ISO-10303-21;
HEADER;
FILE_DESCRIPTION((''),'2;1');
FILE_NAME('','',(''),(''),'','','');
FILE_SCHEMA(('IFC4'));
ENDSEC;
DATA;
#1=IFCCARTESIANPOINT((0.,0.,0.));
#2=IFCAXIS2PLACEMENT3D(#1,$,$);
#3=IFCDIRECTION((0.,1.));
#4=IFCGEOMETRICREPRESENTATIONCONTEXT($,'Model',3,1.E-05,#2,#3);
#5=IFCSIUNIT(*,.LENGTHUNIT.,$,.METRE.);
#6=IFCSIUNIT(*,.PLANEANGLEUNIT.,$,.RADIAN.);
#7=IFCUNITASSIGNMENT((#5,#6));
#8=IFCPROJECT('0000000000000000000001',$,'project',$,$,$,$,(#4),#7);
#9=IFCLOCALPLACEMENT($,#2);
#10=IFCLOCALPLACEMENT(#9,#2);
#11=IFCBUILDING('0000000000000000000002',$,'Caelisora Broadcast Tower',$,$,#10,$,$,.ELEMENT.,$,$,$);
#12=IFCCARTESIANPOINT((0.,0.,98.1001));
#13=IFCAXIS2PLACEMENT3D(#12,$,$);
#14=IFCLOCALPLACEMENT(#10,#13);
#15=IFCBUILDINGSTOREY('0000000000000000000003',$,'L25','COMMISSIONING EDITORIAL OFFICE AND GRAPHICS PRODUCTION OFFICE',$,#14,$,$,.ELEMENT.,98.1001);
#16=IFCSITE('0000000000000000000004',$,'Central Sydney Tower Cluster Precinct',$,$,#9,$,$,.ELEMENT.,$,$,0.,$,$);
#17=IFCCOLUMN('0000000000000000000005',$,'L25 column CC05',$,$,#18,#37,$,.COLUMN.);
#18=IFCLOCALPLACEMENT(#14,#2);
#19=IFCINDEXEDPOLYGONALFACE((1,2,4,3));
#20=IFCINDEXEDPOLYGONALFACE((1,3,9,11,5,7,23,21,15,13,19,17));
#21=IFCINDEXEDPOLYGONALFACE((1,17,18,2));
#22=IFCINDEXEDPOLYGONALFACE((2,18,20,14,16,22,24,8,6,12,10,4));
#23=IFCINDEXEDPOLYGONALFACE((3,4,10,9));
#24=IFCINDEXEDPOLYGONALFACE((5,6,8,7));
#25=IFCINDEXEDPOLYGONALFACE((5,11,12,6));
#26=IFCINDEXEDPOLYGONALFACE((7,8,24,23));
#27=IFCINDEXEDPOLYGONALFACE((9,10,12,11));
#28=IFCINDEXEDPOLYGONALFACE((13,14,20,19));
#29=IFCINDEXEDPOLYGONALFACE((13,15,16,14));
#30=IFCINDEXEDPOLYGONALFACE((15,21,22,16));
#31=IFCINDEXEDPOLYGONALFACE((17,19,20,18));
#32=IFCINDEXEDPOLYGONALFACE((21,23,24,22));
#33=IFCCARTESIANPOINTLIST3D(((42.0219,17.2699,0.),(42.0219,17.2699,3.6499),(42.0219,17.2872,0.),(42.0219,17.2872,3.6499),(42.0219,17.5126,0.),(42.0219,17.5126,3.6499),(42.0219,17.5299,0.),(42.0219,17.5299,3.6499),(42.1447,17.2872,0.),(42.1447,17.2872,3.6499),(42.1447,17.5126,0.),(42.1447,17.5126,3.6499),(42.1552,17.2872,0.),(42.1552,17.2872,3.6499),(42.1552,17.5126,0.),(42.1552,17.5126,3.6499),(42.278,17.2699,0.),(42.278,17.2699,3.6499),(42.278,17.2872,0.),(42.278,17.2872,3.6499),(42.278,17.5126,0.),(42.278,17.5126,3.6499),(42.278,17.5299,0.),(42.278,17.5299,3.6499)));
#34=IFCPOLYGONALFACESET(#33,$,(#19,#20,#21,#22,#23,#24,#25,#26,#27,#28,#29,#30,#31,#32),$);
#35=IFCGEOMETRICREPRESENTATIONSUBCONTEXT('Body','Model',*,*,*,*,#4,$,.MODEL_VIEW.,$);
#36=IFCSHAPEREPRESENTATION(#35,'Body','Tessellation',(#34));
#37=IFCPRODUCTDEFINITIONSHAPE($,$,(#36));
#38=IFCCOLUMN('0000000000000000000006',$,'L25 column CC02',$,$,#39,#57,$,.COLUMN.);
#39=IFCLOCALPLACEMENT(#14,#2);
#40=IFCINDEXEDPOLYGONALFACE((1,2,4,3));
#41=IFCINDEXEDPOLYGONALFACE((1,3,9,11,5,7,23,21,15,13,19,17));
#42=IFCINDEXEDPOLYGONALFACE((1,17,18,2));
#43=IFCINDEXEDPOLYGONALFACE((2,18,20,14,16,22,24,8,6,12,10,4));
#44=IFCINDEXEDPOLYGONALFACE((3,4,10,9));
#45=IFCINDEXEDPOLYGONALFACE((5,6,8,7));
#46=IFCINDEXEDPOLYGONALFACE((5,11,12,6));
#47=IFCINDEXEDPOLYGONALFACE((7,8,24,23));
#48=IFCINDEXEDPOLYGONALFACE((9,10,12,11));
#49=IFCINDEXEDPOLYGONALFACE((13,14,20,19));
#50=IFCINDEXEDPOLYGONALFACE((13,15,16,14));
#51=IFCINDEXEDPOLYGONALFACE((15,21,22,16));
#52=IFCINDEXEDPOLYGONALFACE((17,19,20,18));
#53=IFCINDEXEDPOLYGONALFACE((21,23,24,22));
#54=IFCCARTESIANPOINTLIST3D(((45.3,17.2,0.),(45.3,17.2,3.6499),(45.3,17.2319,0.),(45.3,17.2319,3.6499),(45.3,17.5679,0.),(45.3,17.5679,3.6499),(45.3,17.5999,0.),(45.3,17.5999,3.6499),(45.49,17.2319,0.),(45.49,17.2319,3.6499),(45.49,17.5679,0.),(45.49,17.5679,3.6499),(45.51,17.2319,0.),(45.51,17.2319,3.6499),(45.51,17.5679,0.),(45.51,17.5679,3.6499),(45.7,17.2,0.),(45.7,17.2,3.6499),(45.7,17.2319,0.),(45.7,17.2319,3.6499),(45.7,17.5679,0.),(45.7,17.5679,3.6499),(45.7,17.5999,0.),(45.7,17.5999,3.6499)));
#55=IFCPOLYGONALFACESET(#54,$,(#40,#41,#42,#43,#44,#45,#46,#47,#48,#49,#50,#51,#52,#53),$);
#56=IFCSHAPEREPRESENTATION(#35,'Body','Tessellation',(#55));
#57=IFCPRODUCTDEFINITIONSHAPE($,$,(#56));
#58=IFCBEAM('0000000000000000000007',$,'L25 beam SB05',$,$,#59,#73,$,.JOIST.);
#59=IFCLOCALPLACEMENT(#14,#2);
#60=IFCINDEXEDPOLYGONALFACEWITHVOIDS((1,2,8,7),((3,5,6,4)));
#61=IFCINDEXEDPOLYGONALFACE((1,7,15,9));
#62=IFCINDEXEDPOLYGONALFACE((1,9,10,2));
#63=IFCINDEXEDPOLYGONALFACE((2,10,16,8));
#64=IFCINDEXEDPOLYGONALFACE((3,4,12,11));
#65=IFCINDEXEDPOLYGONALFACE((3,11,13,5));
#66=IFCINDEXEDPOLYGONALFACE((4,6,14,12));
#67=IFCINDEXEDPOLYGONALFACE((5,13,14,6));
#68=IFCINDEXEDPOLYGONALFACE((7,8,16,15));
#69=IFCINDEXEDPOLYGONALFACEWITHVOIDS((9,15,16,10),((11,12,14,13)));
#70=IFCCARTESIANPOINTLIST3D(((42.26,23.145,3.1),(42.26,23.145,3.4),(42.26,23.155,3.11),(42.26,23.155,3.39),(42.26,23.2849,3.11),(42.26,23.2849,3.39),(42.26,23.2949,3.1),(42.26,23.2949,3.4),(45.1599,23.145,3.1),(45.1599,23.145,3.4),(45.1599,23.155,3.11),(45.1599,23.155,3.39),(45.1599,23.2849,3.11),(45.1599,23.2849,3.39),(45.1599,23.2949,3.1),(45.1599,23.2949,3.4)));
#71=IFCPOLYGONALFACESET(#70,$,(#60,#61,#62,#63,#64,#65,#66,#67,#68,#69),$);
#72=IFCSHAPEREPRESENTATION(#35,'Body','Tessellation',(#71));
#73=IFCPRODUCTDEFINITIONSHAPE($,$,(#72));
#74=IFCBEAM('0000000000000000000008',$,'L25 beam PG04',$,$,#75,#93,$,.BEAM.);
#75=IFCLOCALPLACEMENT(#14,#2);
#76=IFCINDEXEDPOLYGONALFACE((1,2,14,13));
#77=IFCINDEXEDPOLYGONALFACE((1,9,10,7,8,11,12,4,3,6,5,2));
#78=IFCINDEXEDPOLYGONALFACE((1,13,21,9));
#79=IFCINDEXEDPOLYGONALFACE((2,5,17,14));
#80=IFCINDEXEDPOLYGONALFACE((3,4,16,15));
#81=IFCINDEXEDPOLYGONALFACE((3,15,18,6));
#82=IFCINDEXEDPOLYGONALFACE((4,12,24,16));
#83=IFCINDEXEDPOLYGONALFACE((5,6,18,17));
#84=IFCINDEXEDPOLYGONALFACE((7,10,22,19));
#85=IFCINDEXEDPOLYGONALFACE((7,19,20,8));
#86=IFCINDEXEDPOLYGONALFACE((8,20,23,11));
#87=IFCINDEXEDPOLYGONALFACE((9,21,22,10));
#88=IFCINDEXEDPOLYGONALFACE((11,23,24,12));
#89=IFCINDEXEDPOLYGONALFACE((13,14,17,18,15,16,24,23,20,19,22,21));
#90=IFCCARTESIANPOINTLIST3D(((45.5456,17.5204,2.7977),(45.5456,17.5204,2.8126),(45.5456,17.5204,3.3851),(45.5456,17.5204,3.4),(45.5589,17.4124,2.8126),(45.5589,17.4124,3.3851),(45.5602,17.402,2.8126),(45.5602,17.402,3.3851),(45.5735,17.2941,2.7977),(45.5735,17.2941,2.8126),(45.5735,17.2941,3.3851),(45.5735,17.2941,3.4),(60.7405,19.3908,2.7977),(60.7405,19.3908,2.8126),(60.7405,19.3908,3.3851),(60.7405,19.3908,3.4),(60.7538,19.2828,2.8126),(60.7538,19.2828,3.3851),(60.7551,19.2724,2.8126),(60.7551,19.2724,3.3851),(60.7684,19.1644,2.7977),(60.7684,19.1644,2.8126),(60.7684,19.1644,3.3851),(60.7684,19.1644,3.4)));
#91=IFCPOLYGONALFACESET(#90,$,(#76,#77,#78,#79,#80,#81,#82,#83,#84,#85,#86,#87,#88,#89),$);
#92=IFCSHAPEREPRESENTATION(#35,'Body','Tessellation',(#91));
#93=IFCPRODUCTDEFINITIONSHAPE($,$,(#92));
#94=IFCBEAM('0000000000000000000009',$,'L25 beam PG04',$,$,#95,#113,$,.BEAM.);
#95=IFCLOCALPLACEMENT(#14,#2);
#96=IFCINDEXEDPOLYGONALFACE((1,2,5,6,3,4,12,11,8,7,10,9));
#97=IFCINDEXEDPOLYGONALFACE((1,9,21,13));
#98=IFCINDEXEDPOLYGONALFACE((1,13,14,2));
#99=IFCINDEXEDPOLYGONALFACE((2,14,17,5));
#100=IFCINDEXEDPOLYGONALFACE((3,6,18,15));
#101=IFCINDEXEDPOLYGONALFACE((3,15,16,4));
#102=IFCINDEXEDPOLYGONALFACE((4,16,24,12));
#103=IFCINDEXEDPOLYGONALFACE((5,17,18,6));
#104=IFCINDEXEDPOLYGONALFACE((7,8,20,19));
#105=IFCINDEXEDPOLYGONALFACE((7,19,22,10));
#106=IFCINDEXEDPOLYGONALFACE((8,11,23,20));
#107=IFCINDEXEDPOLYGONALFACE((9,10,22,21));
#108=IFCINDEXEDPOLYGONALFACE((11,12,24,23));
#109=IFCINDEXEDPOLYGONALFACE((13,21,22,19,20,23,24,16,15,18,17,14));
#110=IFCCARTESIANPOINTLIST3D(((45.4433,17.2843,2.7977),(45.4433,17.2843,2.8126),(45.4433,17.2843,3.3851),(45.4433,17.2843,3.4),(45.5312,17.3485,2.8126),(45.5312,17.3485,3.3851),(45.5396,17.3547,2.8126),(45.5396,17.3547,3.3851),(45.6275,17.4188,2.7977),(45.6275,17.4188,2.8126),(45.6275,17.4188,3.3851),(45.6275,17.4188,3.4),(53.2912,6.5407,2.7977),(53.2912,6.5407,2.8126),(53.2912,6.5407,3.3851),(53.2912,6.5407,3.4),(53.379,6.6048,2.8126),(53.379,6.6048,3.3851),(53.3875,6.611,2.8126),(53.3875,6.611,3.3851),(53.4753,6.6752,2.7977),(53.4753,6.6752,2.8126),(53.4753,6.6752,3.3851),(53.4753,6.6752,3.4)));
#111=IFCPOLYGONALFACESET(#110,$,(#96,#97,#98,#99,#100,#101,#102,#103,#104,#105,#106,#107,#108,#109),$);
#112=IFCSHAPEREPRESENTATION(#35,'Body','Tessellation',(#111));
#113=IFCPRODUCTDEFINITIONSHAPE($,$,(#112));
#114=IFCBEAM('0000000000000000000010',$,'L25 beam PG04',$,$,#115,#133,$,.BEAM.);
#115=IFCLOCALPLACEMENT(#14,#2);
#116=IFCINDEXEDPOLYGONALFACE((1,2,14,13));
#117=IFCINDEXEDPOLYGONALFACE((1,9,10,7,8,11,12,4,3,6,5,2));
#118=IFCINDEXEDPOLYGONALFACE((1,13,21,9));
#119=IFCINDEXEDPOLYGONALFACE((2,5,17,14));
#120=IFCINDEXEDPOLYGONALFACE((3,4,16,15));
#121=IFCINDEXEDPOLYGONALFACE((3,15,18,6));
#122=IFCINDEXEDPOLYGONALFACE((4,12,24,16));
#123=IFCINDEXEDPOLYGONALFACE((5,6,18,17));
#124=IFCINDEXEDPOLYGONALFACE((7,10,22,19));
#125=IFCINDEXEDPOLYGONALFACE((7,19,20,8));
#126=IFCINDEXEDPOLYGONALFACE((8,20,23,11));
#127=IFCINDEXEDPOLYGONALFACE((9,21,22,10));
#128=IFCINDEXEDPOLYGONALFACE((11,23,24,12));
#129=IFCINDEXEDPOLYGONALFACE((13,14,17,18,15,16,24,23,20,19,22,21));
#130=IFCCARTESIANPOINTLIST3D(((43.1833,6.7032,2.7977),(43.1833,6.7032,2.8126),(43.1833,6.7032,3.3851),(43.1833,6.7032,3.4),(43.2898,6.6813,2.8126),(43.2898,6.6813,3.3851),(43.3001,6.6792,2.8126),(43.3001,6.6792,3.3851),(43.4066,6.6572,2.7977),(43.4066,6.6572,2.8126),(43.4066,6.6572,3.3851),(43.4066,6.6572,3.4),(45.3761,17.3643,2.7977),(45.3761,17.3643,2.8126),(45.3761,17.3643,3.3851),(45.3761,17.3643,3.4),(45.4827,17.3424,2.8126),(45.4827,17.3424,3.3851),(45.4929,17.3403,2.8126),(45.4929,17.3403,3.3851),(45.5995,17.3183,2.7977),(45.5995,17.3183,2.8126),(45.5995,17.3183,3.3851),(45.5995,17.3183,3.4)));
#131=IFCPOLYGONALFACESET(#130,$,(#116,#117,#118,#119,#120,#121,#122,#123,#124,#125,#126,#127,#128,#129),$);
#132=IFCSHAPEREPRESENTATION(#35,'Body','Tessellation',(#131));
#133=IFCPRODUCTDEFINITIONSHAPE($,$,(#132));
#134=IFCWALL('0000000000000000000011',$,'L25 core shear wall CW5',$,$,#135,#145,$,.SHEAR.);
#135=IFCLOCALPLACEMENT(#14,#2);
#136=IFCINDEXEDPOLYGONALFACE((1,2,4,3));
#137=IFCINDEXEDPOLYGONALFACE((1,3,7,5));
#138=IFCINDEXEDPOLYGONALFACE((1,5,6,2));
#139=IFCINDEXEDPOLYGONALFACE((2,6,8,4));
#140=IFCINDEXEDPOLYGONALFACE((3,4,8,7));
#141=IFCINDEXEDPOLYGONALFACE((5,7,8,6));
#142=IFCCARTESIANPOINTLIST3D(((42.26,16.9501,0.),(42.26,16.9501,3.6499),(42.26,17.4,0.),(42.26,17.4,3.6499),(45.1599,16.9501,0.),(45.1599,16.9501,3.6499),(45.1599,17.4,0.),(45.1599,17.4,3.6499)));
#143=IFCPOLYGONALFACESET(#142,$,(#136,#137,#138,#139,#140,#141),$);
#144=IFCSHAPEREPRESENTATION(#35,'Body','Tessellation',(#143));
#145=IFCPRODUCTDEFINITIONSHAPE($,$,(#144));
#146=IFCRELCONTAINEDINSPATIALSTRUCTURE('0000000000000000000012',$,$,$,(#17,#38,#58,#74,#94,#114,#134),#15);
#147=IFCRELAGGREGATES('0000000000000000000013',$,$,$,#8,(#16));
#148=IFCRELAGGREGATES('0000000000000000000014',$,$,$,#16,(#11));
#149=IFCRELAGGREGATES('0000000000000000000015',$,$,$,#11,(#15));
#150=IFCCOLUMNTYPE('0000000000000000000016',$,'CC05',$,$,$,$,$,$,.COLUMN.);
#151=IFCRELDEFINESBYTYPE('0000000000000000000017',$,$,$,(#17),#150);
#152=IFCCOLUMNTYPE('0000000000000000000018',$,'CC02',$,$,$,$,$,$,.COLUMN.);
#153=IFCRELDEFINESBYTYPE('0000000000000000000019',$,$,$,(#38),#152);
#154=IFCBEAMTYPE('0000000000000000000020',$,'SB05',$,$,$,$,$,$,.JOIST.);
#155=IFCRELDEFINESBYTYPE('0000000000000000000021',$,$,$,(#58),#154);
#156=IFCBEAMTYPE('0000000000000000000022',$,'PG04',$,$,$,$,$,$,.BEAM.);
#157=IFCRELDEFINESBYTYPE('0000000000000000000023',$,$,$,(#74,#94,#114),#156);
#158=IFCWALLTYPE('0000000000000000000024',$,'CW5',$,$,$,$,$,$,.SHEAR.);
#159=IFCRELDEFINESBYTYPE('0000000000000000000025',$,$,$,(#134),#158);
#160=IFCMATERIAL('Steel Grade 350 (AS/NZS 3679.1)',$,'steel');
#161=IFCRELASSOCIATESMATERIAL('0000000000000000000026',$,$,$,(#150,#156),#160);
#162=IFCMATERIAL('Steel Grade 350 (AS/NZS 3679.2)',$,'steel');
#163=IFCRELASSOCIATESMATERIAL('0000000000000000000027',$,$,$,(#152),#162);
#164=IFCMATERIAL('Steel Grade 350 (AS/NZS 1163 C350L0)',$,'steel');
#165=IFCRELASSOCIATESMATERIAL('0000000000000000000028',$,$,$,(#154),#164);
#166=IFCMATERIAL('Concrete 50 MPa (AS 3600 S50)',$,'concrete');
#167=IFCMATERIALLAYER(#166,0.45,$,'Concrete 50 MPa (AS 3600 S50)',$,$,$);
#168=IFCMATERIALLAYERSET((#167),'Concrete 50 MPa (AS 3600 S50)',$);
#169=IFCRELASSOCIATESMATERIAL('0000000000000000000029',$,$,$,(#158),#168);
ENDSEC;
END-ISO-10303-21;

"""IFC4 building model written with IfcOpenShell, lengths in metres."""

from ifc_helpers import new_model, si_unit, direction, frame, frame_2d, origin, origin_2d, place, context, subcontext, project, spatial, rectangle, hollow_rectangle, i_section, extrude, source, transform, mapped, material, layer, layer_set, material_profile, profile_set, type_object, type_shapes, element, save


model = new_model("IFC4")

# Units and contexts
model_context = context("Model", 3, precision=1e-05, world=origin(), true_north=direction((0.0, 1.0)))
body_context = subcontext(model_context, "Body", "Model", "MODEL_VIEW")
ifc_project = project(units=[si_unit("LENGTHUNIT", "METRE"), si_unit("PLANEANGLEUNIT", "RADIAN")], contexts=[model_context])

# Site, building, storey
site_placement = place(None, origin())
site = spatial("IfcSite", under=ifc_project, at=site_placement, Name="Central Sydney Tower Cluster Precinct", CompositionType="ELEMENT", RefElevation=0.0)
building_placement = place(site_placement, origin())
building = spatial("IfcBuilding", under=site, at=building_placement, Name="Caelisora Broadcast Tower", CompositionType="ELEMENT")
storey_placement = place(building_placement, frame((0.0, 0.0, 98.1001)))
storey = spatial("IfcBuildingStorey", under=building, at=storey_placement, Name="L25", Description="COMMISSIONING EDITORIAL OFFICE AND GRAPHICS PRODUCTION OFFICE", CompositionType="ELEMENT", Elevation=98.1001)

# Columns
ifc_material_1 = material(Name="Steel Grade 350 (AS/NZS 3679.1)", Category="steel")
ifc_material_profile_1 = material_profile(ifc_material_1, i_section(OverallWidth=0.2561, OverallDepth=0.26, WebThickness=0.0105, FlangeThickness=0.0173, at=origin_2d()), Name="Steel Grade 350 (AS/NZS 3679.1)")
ifc_profile_set_1 = profile_set([ifc_material_profile_1], Name="Steel Grade 350 (AS/NZS 3679.1)")
column_type_1 = type_object("IfcColumnType", Name="CC05", PredefinedType="COLUMN", material=ifc_profile_set_1)
shared_shape_1 = source(origin(), body_context, "Body", "SweptSolid", [
    extrude(i_section(OverallWidth=0.2561, OverallDepth=0.26, WebThickness=0.0105, FlangeThickness=0.0173, at=origin_2d()), origin(), (0.0, 0.0, 1.0), 3.6499),
])
type_shapes(column_type_1, [shared_shape_1])
column_1_placement = place(storey_placement, frame((42.1499, 17.3999, 0.0), z_axis=(0.0, 0.0, 1.0), x_axis=(1.0, 0.0, 0.0)))
element("IfcColumn", 1, at=column_1_placement, inside=storey, type_object=column_type_1, Name="L25 column CC05", PredefinedType="COLUMN", context=body_context, shape_type="MappedRepresentation", body=[
    mapped(shared_shape_1, transform((0.0, 0.0, 0.0), scale=1.0)),
])
ifc_material_2 = material(Name="Steel Grade 350 (AS/NZS 3679.2)", Category="steel")
ifc_material_profile_2 = material_profile(ifc_material_2, i_section(OverallWidth=0.3999, OverallDepth=0.3999, WebThickness=0.02, FlangeThickness=0.032, at=origin_2d()), Name="Steel Grade 350 (AS/NZS 3679.2)")
ifc_profile_set_2 = profile_set([ifc_material_profile_2], Name="Steel Grade 350 (AS/NZS 3679.2)")
column_type_2 = type_object("IfcColumnType", Name="CC02", PredefinedType="COLUMN", material=ifc_profile_set_2)
shared_shape_2 = source(origin(), body_context, "Body", "SweptSolid", [
    extrude(i_section(OverallWidth=0.3999, OverallDepth=0.3999, WebThickness=0.02, FlangeThickness=0.032, at=origin_2d()), origin(), (0.0, 0.0, 1.0), 3.6499),
])
type_shapes(column_type_2, [shared_shape_2])
column_2_placement = place(storey_placement, frame((45.5, 17.3999, 0.0), z_axis=(0.0, 0.0, 1.0), x_axis=(1.0, 0.0, 0.0)))
element("IfcColumn", 2, at=column_2_placement, inside=storey, type_object=column_type_2, Name="L25 column CC02", PredefinedType="COLUMN", context=body_context, shape_type="MappedRepresentation", body=[
    mapped(shared_shape_2, transform((0.0, 0.0, 0.0), scale=1.0)),
])

# Beams
ifc_material_3 = material(Name="Steel Grade 350 (AS/NZS 1163 C350L0)", Category="steel")
ifc_material_profile_3 = material_profile(ifc_material_3, hollow_rectangle(XDim=0.1499, YDim=0.3, WallThickness=0.01, at=origin_2d()), Name="Steel Grade 350 (AS/NZS 1163 C350L0)")
ifc_profile_set_3 = profile_set([ifc_material_profile_3], Name="Steel Grade 350 (AS/NZS 1163 C350L0)")
beam_type_1 = type_object("IfcBeamType", Name="SB05", PredefinedType="JOIST", material=ifc_profile_set_3)
shared_shape_3 = source(origin(), body_context, "Body", "SweptSolid", [
    extrude(hollow_rectangle(XDim=0.1499, YDim=0.3, WallThickness=0.01, at=origin_2d()), origin(), (0.0, 0.0, 1.0), 2.8999),
])
type_shapes(beam_type_1, [shared_shape_3])
beam_1_placement = place(storey_placement, frame((42.26, 23.22, 3.25), z_axis=(1.0, 0.0, 0.0), x_axis=(0.0, 1.0, 0.0)))
element("IfcBeam", 3, at=beam_1_placement, inside=storey, type_object=beam_type_1, Name="L25 beam SB05", PredefinedType="JOIST", context=body_context, shape_type="MappedRepresentation", body=[
    mapped(shared_shape_3, transform((0.0, 0.0, 0.0), scale=1.0)),
])
ifc_material_profile_4 = material_profile(ifc_material_1, i_section(OverallWidth=0.228, OverallDepth=0.6023, WebThickness=0.0105, FlangeThickness=0.0149, at=origin_2d()), Name="Steel Grade 350 (AS/NZS 3679.1)")
ifc_profile_set_4 = profile_set([ifc_material_profile_4], Name="Steel Grade 350 (AS/NZS 3679.1)")
beam_type_2 = type_object("IfcBeamType", Name="PG04", PredefinedType="BEAM", material=ifc_profile_set_4)
shared_shape_4 = source(origin(), body_context, "Body", "SweptSolid", [
    extrude(i_section(OverallWidth=0.228, OverallDepth=0.6023, WebThickness=0.0105, FlangeThickness=0.0149, at=origin_2d()), origin(), (0.0, 0.0, 1.0), 15.3096),
])
beam_2_placement = place(storey_placement, frame((45.5596, 17.4072, 3.0989), z_axis=(0.992509, 0.12217, 0.0), x_axis=(-0.12217, 0.992509, 0.0)))
element("IfcBeam", 4, at=beam_2_placement, inside=storey, type_object=beam_type_2, Name="L25 beam PG04", PredefinedType="BEAM", context=body_context, shape_type="MappedRepresentation", body=[
    mapped(shared_shape_4, transform((0.0, 0.0, 0.0), scale=1.0)),
])
shared_shape_5 = source(origin(), body_context, "Body", "SweptSolid", [
    extrude(i_section(OverallWidth=0.228, OverallDepth=0.6023, WebThickness=0.0105, FlangeThickness=0.0149, at=origin_2d()), origin(), (0.0, 0.0, 1.0), 13.3047),
])
beam_3_placement = place(storey_placement, frame((45.5354, 17.3516, 3.0989), z_axis=(0.589858, -0.807507, 0.0), x_axis=(0.807507, 0.589858, 0.0)))
element("IfcBeam", 5, at=beam_3_placement, inside=storey, type_object=beam_type_2, Name="L25 beam PG04", PredefinedType="BEAM", context=body_context, shape_type="MappedRepresentation", body=[
    mapped(shared_shape_5, transform((0.0, 0.0, 0.0), scale=1.0)),
])
shared_shape_6 = source(origin(), body_context, "Body", "SweptSolid", [
    extrude(i_section(OverallWidth=0.228, OverallDepth=0.6023, WebThickness=0.0105, FlangeThickness=0.0149, at=origin_2d()), origin(), (0.0, 0.0, 1.0), 10.8843),
])
type_shapes(beam_type_2, [shared_shape_4, shared_shape_5, shared_shape_6])
beam_4_placement = place(storey_placement, frame((45.4878, 17.3413, 3.0989), z_axis=(-0.201471, -0.979495, 0.0), x_axis=(0.979495, -0.201471, 0.0)))
element("IfcBeam", 6, at=beam_4_placement, inside=storey, type_object=beam_type_2, Name="L25 beam PG04", PredefinedType="BEAM", context=body_context, shape_type="MappedRepresentation", body=[
    mapped(shared_shape_6, transform((0.0, 0.0, 0.0), scale=1.0)),
])

# Shared definitions
ifc_material_4 = material(Name="Concrete 50 MPa (AS 3600 S50)", Category="concrete")

# Wall
ifc_layer_1 = layer(ifc_material_4, 0.45, Name="Concrete 50 MPa (AS 3600 S50)")
ifc_layer_set_1 = layer_set([ifc_layer_1], Name="Concrete 50 MPa (AS 3600 S50)")
wall_type_1 = type_object("IfcWallType", Name="CW5", PredefinedType="SHEAR", material=ifc_layer_set_1)
wall_1_placement = place(storey_placement, frame((42.26, 17.175, 0.0), z_axis=(0.0, 0.0, 1.0), x_axis=(1.0, 0.0, 0.0)))
element("IfcWall", 7, at=wall_1_placement, inside=storey, type_object=wall_type_1, Name="L25 core shear wall CW5", PredefinedType="SHEAR", context=body_context, shape_type="SweptSolid", body=[
    extrude(rectangle(XDim=2.8999, YDim=0.45, at=frame_2d((1.45, 0.0))), origin(), (0.0, 0.0, 1.0), 3.6499),
])

save(model, "model.ifc")
